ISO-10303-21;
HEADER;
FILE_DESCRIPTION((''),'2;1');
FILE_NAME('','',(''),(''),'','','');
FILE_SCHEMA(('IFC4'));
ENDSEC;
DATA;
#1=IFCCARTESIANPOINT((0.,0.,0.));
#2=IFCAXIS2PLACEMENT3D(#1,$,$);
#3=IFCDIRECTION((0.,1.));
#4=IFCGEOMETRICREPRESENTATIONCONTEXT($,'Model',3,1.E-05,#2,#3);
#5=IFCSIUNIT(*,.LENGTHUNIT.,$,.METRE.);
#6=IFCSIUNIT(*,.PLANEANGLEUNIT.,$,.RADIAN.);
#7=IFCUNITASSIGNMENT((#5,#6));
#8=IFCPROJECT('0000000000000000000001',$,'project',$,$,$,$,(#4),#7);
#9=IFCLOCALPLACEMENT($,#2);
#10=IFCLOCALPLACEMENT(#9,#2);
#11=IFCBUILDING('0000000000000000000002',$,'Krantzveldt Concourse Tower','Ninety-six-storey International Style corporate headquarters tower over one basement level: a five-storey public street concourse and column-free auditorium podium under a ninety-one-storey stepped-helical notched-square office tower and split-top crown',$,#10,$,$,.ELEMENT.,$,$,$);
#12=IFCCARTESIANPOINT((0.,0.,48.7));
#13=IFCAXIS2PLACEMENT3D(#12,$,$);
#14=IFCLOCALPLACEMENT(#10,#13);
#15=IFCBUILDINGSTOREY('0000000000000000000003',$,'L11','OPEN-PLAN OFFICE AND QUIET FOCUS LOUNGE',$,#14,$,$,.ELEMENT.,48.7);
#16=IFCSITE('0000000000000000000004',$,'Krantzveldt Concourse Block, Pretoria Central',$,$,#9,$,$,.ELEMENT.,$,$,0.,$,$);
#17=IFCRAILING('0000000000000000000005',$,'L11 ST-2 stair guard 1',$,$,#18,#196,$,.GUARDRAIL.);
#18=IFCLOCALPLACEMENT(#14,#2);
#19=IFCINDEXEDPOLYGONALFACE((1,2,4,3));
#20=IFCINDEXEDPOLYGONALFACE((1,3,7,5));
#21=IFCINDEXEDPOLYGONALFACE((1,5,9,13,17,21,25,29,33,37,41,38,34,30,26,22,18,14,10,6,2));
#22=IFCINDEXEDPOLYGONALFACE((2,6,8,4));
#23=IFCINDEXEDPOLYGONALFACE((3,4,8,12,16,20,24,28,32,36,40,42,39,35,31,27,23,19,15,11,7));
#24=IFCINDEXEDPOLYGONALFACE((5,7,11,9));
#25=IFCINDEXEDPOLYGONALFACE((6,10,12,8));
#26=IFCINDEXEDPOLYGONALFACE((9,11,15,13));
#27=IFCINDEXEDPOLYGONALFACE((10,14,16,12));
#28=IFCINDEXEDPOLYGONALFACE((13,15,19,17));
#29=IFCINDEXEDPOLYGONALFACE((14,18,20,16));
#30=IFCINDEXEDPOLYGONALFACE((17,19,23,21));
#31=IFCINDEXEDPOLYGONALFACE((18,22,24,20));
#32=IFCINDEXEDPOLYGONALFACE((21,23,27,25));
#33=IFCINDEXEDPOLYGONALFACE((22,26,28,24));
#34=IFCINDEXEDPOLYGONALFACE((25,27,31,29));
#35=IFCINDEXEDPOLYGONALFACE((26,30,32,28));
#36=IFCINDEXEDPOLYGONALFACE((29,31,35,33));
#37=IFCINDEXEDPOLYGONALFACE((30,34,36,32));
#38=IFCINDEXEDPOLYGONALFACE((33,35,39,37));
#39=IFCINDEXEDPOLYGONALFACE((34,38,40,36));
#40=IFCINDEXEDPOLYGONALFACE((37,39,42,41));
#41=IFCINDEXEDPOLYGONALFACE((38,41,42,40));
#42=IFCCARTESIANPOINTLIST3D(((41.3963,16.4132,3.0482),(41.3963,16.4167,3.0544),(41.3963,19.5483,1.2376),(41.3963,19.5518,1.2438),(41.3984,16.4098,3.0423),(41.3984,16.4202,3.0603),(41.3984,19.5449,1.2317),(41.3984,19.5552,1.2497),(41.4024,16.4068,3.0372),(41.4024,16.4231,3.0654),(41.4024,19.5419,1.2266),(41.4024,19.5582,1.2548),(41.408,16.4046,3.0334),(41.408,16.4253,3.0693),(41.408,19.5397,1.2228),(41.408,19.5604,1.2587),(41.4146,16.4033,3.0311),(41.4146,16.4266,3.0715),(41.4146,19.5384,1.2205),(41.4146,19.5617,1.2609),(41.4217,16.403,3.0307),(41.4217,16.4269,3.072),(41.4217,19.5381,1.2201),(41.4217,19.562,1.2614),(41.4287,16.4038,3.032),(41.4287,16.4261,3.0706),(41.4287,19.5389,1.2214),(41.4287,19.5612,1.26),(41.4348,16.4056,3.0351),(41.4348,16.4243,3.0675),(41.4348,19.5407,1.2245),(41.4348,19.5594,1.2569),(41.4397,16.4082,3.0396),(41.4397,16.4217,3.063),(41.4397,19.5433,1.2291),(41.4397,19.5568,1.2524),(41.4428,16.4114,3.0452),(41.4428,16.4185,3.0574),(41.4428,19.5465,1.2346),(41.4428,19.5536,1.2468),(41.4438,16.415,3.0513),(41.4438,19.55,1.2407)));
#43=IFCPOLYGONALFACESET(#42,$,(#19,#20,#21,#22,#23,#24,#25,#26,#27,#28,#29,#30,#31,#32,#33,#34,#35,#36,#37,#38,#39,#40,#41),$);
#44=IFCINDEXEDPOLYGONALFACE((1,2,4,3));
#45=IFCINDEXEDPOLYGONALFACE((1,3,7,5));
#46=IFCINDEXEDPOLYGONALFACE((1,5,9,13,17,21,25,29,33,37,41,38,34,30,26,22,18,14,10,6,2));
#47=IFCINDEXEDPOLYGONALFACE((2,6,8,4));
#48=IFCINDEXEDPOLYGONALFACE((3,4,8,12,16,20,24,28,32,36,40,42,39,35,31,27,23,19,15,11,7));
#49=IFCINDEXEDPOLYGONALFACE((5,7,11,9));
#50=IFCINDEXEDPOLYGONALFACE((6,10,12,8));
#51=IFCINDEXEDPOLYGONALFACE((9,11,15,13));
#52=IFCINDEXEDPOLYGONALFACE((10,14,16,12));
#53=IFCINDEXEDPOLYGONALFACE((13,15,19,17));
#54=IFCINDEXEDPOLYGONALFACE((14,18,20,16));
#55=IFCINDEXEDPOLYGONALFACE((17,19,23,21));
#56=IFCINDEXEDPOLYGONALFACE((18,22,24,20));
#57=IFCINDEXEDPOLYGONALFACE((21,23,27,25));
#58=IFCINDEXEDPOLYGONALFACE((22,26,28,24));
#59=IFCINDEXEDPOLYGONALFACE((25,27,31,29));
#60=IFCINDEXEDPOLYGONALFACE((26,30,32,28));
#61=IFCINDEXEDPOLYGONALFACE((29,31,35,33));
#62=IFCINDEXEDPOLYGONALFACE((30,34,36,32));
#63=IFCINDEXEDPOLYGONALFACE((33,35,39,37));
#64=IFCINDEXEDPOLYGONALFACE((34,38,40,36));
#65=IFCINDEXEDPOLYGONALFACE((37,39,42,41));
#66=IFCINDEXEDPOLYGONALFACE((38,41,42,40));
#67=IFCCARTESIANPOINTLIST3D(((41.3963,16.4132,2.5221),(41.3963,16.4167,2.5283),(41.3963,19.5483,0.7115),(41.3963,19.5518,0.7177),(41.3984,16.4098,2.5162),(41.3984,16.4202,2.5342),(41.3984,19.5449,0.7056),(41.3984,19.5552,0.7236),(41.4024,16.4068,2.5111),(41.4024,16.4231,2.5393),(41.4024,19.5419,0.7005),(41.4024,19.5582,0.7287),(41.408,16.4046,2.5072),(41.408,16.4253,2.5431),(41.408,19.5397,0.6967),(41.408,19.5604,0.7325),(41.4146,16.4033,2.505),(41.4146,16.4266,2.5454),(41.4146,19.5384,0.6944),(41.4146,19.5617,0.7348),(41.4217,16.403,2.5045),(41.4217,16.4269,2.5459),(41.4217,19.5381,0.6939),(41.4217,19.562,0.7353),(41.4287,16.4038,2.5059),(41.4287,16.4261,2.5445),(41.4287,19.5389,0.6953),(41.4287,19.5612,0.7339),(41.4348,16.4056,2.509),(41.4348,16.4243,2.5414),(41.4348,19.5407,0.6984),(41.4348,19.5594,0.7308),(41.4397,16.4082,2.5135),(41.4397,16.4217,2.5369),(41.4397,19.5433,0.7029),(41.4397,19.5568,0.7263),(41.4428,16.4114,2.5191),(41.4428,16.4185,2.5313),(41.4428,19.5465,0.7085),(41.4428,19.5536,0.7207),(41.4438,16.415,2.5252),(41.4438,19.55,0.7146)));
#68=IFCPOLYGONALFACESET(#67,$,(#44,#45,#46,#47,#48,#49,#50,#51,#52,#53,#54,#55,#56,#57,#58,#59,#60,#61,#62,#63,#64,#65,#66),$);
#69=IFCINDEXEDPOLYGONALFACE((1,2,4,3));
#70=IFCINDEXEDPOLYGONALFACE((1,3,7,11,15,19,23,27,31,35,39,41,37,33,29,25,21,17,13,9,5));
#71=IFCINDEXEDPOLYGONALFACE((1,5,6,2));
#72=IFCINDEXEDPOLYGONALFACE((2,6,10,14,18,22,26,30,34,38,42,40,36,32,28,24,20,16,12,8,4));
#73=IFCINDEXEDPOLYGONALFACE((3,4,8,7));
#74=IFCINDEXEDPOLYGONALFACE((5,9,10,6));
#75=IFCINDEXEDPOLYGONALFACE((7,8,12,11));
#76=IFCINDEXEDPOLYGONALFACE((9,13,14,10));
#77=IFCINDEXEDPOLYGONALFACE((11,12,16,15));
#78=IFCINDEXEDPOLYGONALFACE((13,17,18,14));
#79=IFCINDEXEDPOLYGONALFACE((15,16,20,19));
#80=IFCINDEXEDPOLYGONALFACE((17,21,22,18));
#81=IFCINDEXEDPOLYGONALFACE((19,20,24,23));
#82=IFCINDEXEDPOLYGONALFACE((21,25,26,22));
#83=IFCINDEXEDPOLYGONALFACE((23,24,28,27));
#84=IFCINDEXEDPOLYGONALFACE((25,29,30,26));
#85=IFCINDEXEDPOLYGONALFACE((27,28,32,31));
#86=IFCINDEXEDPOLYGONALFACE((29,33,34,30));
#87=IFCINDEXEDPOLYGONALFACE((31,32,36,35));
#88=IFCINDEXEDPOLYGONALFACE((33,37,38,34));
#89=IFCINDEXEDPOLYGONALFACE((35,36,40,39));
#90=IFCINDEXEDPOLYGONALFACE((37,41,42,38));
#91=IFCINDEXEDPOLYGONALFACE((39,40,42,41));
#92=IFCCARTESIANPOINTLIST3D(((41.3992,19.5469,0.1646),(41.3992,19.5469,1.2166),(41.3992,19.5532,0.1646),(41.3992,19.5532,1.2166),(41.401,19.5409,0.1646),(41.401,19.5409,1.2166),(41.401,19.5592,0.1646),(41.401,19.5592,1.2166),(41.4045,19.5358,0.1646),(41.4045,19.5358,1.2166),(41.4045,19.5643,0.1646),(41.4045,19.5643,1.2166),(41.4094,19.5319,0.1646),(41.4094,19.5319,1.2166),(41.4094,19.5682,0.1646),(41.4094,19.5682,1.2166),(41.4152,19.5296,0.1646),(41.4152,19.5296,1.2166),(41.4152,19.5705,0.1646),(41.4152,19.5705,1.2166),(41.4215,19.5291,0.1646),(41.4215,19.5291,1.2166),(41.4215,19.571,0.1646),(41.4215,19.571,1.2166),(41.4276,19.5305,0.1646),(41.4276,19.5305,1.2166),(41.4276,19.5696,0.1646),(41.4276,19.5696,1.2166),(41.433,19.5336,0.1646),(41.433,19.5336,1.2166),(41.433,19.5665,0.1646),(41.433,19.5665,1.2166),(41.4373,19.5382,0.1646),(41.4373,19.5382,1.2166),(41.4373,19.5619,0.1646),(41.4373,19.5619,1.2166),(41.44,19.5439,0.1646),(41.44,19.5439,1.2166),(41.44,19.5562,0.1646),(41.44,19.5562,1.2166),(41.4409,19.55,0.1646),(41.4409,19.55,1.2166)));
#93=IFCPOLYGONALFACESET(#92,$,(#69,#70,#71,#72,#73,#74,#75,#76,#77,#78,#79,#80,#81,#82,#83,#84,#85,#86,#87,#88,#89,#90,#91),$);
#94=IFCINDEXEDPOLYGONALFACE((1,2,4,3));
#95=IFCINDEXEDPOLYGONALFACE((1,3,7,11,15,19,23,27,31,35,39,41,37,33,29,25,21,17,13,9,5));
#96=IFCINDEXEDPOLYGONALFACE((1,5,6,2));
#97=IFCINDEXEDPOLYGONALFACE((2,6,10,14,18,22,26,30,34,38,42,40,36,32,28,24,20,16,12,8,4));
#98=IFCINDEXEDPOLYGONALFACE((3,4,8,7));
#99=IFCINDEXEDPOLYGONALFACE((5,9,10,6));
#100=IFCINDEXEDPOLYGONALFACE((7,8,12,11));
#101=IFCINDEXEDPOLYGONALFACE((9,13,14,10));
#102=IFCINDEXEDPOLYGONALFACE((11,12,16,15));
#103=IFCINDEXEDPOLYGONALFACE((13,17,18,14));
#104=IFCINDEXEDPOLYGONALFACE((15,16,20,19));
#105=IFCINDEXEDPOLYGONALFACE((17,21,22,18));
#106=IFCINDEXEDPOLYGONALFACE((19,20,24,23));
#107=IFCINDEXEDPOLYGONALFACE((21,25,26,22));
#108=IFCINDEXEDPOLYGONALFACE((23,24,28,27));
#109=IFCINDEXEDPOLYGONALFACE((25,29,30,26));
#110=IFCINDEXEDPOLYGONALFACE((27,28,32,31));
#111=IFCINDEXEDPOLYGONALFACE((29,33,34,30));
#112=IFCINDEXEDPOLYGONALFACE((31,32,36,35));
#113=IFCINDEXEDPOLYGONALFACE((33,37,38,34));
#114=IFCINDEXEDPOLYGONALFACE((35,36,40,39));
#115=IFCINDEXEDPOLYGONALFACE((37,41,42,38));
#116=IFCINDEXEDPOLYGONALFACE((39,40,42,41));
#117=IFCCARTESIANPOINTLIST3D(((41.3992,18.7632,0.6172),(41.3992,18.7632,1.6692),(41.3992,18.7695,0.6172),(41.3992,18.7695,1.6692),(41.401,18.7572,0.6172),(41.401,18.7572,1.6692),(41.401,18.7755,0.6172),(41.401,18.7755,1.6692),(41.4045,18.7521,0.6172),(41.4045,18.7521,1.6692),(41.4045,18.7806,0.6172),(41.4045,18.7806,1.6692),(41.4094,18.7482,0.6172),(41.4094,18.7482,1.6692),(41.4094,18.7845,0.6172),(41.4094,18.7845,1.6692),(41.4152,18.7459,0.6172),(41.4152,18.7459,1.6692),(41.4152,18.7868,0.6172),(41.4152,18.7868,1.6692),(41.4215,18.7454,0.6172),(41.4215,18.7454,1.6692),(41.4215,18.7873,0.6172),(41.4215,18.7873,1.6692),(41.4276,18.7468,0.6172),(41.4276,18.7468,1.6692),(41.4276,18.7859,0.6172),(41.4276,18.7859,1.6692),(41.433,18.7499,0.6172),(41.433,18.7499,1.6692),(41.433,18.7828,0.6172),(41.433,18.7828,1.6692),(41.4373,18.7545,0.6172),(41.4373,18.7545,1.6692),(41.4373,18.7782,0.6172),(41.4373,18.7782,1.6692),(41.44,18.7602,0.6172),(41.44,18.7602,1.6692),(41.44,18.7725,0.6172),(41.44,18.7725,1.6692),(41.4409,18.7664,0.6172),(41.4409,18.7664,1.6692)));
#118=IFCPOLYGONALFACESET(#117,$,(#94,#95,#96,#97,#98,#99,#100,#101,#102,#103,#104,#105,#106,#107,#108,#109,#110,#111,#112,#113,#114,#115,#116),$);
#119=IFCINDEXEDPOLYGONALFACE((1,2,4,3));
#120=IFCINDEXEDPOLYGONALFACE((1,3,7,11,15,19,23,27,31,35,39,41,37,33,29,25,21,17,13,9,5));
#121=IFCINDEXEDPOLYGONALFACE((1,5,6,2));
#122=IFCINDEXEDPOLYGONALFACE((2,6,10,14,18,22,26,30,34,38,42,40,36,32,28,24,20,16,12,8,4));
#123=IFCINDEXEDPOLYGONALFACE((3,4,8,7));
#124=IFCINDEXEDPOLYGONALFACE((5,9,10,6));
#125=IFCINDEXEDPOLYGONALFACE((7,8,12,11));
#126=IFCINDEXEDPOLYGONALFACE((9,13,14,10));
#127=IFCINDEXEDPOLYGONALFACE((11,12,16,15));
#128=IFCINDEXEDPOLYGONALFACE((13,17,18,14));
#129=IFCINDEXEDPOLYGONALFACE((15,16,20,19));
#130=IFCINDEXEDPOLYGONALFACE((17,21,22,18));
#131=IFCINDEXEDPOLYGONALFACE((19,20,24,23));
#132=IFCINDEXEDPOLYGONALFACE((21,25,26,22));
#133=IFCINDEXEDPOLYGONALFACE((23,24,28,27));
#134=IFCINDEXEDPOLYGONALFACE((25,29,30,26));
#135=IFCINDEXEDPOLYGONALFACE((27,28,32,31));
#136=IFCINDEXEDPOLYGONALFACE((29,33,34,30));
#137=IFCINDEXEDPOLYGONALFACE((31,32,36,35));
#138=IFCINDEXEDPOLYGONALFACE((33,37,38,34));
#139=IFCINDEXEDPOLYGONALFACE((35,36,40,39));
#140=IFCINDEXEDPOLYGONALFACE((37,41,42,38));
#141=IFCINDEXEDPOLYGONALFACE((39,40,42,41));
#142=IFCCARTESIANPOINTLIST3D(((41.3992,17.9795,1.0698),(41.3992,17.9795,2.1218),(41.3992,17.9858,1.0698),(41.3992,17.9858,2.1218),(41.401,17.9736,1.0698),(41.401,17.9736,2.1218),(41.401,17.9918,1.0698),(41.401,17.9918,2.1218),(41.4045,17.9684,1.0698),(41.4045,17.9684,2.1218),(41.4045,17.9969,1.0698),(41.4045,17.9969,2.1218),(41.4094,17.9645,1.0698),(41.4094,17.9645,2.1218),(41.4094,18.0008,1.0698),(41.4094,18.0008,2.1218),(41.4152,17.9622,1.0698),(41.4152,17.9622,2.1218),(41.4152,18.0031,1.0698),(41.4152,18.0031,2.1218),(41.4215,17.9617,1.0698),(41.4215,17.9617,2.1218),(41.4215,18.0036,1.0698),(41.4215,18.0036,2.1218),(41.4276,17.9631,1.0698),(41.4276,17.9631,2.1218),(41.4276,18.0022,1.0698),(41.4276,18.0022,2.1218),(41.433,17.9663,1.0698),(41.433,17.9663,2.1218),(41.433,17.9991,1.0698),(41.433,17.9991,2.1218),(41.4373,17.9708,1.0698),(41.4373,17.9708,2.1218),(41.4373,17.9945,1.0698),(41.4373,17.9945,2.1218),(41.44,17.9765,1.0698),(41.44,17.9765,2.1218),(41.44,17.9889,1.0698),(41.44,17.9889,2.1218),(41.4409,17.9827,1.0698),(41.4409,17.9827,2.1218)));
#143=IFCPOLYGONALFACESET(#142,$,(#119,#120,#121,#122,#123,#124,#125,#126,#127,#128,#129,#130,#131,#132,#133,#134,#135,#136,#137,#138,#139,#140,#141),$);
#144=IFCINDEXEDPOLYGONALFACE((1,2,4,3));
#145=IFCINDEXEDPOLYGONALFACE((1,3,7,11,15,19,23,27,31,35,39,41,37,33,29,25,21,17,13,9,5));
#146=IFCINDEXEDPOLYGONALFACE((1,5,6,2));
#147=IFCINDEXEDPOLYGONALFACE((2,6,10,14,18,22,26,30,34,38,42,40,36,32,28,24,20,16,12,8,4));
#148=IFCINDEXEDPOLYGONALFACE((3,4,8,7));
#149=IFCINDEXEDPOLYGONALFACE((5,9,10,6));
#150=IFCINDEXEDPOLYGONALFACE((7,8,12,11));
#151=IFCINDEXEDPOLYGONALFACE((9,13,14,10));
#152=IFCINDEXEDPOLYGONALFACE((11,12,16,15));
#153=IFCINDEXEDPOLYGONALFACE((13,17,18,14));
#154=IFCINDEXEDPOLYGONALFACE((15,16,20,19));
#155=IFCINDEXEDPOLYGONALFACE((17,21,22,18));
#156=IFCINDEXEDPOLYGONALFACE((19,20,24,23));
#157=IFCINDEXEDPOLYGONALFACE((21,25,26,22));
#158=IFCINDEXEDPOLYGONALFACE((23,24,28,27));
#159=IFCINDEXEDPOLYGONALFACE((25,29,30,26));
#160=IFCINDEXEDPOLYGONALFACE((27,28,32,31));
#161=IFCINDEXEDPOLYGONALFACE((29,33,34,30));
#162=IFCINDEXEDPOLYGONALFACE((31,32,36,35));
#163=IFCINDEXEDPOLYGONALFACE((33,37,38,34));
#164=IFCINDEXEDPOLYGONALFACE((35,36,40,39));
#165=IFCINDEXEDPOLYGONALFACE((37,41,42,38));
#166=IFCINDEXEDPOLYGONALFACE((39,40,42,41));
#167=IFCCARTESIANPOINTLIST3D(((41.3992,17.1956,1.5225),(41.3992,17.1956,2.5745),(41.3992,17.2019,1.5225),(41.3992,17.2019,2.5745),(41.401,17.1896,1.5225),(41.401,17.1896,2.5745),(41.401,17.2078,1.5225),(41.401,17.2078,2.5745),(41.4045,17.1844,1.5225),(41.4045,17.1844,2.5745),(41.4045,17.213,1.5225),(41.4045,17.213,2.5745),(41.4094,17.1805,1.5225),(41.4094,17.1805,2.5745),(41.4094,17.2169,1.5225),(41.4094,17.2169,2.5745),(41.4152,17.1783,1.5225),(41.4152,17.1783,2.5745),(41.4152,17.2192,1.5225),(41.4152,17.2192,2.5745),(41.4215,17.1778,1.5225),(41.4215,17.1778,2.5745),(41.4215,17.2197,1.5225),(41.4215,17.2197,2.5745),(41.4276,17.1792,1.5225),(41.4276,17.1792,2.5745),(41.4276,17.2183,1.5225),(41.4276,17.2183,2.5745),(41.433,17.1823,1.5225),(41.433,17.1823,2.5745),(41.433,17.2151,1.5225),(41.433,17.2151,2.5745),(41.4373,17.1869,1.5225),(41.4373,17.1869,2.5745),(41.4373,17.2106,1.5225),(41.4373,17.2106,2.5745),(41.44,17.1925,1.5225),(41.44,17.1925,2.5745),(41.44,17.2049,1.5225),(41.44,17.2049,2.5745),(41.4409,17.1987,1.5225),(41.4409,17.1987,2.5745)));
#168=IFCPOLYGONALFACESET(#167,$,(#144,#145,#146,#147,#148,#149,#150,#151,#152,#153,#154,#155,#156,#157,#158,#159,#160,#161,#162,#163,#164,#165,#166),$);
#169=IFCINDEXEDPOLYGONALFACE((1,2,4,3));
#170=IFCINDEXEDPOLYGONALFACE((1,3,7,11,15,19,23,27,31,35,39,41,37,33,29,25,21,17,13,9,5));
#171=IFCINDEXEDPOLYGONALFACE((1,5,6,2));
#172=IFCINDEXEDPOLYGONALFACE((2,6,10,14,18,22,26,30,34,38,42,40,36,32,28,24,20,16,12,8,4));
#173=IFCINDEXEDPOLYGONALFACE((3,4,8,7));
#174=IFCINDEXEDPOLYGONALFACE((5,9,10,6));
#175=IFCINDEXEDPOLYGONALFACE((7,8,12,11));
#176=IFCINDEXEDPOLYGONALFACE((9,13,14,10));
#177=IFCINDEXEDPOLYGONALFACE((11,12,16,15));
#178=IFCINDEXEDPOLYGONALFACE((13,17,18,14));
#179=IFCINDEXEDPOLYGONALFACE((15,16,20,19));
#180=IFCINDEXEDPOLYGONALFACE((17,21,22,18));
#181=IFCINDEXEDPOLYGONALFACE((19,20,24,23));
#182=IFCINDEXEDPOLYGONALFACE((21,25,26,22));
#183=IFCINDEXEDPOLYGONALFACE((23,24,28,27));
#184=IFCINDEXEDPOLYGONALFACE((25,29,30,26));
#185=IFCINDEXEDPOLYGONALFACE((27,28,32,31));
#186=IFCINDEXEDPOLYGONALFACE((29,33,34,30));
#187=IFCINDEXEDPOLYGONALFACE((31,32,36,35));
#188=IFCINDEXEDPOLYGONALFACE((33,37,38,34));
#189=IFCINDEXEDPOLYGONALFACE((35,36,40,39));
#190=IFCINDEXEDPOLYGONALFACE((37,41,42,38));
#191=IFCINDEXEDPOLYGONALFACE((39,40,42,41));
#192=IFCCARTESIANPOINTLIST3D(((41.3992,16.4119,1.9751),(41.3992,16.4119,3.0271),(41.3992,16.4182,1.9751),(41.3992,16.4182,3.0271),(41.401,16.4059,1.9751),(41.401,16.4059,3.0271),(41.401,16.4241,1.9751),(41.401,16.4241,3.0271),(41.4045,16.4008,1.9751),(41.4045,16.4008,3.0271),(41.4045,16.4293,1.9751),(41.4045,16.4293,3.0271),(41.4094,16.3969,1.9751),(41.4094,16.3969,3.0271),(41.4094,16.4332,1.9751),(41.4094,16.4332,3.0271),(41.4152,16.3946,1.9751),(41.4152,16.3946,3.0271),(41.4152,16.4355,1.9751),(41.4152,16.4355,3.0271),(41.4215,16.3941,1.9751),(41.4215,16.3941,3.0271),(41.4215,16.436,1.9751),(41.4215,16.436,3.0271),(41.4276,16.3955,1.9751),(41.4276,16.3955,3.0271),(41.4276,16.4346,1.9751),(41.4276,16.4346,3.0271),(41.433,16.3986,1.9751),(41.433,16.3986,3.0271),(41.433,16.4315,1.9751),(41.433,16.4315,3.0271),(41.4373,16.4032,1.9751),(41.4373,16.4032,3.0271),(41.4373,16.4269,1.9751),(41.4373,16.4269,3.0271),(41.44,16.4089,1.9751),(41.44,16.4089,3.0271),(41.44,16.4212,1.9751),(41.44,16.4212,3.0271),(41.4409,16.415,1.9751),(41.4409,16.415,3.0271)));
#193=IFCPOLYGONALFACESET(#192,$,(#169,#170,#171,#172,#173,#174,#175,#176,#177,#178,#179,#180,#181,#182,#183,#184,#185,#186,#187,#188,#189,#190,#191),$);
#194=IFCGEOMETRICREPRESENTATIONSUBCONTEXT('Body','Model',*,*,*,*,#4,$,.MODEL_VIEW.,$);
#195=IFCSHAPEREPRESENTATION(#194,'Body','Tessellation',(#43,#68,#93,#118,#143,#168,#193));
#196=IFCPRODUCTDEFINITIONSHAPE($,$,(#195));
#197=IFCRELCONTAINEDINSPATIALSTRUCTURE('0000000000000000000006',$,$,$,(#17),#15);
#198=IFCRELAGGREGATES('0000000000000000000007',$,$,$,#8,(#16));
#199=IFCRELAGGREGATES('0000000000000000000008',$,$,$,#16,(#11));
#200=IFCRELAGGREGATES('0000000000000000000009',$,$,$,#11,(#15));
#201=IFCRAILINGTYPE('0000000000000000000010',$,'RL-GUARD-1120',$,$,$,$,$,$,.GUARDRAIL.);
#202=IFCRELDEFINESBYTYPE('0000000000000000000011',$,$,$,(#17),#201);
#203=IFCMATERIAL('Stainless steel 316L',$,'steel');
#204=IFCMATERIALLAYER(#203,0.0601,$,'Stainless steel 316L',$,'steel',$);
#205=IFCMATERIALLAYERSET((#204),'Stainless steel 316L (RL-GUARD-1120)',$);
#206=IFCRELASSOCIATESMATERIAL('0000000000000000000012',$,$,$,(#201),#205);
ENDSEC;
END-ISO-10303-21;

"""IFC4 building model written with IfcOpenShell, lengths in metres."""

from ifc_helpers import new_model, si_unit, direction, frame, origin, origin_2d, place, context, subcontext, project, spatial, circle, extrude, material, layer, layer_set, type_object, element, save


model = new_model("IFC4")

# Units and contexts
model_context = context("Model", 3, precision=1e-05, world=origin(), true_north=direction((0.0, 1.0)))
body_context = subcontext(model_context, "Body", "Model", "MODEL_VIEW")
ifc_project = project(units=[si_unit("LENGTHUNIT", "METRE"), si_unit("PLANEANGLEUNIT", "RADIAN")], contexts=[model_context])

# Site, building, storey
site_placement = place(None, origin())
site = spatial("IfcSite", under=ifc_project, at=site_placement, Name="Krantzveldt Concourse Block, Pretoria Central", CompositionType="ELEMENT", RefElevation=0.0)
building_placement = place(site_placement, origin())
building = spatial("IfcBuilding", under=site, at=building_placement, Name="Krantzveldt Concourse Tower", Description="Ninety-six-storey International Style corporate headquarters tower over one basement level: a five-storey public street concourse and column-free auditorium podium under a ninety-one-storey stepped-helical notched-square office tower and split-top crown", CompositionType="ELEMENT")
storey_placement = place(building_placement, frame((0.0, 0.0, 48.7)))
storey = spatial("IfcBuildingStorey", under=building, at=storey_placement, Name="L11", Description="OPEN-PLAN OFFICE AND QUIET FOCUS LOUNGE", CompositionType="ELEMENT", Elevation=48.7)

# Shared definitions
ifc_material_1 = material(Name="Stainless steel 316L", Category="steel")

# Railing
ifc_layer_1 = layer(ifc_material_1, 0.0601, Name="Stainless steel 316L", Category="steel")
ifc_layer_set_1 = layer_set([ifc_layer_1], Name="Stainless steel 316L (RL-GUARD-1120)")
railing_type_1 = type_object("IfcRailingType", Name="RL-GUARD-1120", PredefinedType="GUARDRAIL", material=ifc_layer_set_1)
railing_1_placement = place(storey_placement, frame((41.4199, 19.55, 0.1646)))
element("IfcRailing", 1, at=railing_1_placement, inside=storey, type_object=railing_type_1, Name="L11 ST-2 stair guard 1", PredefinedType="GUARDRAIL", context=body_context, shape_type="SweptSolid", body=[
    extrude(circle(Radius=0.0239, at=origin_2d()), frame((0.0, 0.0, 1.0762), z_axis=(0.0, -0.86596, 0.500114), x_axis=(1.0, 0.0, 0.0)), (0.0, 0.0, 1.0), 3.6204),
    extrude(circle(Radius=0.0239, at=origin_2d()), frame((0.0, 0.0, 0.55), z_axis=(0.0, -0.86596, 0.500114), x_axis=(1.0, 0.0, 0.0)), (0.0, 0.0, 1.0), 3.6204),
    extrude(circle(Radius=0.021, at=origin_2d()), origin(), (0.0, 0.0, 1.0), 1.052),
    extrude(circle(Radius=0.021, at=origin_2d()), frame((0.0, -0.7837, 0.4526)), (0.0, 0.0, 1.0), 1.052),
    extrude(circle(Radius=0.021, at=origin_2d()), frame((0.0, -1.5674, 0.9053)), (0.0, 0.0, 1.0), 1.052),
    extrude(circle(Radius=0.021, at=origin_2d()), frame((0.0, -2.3513, 1.3579)), (0.0, 0.0, 1.0), 1.052),
    extrude(circle(Radius=0.021, at=origin_2d()), frame((0.0, -3.135, 1.8105)), (0.0, 0.0, 1.0), 1.052),
])

save(model, "model.ifc")
